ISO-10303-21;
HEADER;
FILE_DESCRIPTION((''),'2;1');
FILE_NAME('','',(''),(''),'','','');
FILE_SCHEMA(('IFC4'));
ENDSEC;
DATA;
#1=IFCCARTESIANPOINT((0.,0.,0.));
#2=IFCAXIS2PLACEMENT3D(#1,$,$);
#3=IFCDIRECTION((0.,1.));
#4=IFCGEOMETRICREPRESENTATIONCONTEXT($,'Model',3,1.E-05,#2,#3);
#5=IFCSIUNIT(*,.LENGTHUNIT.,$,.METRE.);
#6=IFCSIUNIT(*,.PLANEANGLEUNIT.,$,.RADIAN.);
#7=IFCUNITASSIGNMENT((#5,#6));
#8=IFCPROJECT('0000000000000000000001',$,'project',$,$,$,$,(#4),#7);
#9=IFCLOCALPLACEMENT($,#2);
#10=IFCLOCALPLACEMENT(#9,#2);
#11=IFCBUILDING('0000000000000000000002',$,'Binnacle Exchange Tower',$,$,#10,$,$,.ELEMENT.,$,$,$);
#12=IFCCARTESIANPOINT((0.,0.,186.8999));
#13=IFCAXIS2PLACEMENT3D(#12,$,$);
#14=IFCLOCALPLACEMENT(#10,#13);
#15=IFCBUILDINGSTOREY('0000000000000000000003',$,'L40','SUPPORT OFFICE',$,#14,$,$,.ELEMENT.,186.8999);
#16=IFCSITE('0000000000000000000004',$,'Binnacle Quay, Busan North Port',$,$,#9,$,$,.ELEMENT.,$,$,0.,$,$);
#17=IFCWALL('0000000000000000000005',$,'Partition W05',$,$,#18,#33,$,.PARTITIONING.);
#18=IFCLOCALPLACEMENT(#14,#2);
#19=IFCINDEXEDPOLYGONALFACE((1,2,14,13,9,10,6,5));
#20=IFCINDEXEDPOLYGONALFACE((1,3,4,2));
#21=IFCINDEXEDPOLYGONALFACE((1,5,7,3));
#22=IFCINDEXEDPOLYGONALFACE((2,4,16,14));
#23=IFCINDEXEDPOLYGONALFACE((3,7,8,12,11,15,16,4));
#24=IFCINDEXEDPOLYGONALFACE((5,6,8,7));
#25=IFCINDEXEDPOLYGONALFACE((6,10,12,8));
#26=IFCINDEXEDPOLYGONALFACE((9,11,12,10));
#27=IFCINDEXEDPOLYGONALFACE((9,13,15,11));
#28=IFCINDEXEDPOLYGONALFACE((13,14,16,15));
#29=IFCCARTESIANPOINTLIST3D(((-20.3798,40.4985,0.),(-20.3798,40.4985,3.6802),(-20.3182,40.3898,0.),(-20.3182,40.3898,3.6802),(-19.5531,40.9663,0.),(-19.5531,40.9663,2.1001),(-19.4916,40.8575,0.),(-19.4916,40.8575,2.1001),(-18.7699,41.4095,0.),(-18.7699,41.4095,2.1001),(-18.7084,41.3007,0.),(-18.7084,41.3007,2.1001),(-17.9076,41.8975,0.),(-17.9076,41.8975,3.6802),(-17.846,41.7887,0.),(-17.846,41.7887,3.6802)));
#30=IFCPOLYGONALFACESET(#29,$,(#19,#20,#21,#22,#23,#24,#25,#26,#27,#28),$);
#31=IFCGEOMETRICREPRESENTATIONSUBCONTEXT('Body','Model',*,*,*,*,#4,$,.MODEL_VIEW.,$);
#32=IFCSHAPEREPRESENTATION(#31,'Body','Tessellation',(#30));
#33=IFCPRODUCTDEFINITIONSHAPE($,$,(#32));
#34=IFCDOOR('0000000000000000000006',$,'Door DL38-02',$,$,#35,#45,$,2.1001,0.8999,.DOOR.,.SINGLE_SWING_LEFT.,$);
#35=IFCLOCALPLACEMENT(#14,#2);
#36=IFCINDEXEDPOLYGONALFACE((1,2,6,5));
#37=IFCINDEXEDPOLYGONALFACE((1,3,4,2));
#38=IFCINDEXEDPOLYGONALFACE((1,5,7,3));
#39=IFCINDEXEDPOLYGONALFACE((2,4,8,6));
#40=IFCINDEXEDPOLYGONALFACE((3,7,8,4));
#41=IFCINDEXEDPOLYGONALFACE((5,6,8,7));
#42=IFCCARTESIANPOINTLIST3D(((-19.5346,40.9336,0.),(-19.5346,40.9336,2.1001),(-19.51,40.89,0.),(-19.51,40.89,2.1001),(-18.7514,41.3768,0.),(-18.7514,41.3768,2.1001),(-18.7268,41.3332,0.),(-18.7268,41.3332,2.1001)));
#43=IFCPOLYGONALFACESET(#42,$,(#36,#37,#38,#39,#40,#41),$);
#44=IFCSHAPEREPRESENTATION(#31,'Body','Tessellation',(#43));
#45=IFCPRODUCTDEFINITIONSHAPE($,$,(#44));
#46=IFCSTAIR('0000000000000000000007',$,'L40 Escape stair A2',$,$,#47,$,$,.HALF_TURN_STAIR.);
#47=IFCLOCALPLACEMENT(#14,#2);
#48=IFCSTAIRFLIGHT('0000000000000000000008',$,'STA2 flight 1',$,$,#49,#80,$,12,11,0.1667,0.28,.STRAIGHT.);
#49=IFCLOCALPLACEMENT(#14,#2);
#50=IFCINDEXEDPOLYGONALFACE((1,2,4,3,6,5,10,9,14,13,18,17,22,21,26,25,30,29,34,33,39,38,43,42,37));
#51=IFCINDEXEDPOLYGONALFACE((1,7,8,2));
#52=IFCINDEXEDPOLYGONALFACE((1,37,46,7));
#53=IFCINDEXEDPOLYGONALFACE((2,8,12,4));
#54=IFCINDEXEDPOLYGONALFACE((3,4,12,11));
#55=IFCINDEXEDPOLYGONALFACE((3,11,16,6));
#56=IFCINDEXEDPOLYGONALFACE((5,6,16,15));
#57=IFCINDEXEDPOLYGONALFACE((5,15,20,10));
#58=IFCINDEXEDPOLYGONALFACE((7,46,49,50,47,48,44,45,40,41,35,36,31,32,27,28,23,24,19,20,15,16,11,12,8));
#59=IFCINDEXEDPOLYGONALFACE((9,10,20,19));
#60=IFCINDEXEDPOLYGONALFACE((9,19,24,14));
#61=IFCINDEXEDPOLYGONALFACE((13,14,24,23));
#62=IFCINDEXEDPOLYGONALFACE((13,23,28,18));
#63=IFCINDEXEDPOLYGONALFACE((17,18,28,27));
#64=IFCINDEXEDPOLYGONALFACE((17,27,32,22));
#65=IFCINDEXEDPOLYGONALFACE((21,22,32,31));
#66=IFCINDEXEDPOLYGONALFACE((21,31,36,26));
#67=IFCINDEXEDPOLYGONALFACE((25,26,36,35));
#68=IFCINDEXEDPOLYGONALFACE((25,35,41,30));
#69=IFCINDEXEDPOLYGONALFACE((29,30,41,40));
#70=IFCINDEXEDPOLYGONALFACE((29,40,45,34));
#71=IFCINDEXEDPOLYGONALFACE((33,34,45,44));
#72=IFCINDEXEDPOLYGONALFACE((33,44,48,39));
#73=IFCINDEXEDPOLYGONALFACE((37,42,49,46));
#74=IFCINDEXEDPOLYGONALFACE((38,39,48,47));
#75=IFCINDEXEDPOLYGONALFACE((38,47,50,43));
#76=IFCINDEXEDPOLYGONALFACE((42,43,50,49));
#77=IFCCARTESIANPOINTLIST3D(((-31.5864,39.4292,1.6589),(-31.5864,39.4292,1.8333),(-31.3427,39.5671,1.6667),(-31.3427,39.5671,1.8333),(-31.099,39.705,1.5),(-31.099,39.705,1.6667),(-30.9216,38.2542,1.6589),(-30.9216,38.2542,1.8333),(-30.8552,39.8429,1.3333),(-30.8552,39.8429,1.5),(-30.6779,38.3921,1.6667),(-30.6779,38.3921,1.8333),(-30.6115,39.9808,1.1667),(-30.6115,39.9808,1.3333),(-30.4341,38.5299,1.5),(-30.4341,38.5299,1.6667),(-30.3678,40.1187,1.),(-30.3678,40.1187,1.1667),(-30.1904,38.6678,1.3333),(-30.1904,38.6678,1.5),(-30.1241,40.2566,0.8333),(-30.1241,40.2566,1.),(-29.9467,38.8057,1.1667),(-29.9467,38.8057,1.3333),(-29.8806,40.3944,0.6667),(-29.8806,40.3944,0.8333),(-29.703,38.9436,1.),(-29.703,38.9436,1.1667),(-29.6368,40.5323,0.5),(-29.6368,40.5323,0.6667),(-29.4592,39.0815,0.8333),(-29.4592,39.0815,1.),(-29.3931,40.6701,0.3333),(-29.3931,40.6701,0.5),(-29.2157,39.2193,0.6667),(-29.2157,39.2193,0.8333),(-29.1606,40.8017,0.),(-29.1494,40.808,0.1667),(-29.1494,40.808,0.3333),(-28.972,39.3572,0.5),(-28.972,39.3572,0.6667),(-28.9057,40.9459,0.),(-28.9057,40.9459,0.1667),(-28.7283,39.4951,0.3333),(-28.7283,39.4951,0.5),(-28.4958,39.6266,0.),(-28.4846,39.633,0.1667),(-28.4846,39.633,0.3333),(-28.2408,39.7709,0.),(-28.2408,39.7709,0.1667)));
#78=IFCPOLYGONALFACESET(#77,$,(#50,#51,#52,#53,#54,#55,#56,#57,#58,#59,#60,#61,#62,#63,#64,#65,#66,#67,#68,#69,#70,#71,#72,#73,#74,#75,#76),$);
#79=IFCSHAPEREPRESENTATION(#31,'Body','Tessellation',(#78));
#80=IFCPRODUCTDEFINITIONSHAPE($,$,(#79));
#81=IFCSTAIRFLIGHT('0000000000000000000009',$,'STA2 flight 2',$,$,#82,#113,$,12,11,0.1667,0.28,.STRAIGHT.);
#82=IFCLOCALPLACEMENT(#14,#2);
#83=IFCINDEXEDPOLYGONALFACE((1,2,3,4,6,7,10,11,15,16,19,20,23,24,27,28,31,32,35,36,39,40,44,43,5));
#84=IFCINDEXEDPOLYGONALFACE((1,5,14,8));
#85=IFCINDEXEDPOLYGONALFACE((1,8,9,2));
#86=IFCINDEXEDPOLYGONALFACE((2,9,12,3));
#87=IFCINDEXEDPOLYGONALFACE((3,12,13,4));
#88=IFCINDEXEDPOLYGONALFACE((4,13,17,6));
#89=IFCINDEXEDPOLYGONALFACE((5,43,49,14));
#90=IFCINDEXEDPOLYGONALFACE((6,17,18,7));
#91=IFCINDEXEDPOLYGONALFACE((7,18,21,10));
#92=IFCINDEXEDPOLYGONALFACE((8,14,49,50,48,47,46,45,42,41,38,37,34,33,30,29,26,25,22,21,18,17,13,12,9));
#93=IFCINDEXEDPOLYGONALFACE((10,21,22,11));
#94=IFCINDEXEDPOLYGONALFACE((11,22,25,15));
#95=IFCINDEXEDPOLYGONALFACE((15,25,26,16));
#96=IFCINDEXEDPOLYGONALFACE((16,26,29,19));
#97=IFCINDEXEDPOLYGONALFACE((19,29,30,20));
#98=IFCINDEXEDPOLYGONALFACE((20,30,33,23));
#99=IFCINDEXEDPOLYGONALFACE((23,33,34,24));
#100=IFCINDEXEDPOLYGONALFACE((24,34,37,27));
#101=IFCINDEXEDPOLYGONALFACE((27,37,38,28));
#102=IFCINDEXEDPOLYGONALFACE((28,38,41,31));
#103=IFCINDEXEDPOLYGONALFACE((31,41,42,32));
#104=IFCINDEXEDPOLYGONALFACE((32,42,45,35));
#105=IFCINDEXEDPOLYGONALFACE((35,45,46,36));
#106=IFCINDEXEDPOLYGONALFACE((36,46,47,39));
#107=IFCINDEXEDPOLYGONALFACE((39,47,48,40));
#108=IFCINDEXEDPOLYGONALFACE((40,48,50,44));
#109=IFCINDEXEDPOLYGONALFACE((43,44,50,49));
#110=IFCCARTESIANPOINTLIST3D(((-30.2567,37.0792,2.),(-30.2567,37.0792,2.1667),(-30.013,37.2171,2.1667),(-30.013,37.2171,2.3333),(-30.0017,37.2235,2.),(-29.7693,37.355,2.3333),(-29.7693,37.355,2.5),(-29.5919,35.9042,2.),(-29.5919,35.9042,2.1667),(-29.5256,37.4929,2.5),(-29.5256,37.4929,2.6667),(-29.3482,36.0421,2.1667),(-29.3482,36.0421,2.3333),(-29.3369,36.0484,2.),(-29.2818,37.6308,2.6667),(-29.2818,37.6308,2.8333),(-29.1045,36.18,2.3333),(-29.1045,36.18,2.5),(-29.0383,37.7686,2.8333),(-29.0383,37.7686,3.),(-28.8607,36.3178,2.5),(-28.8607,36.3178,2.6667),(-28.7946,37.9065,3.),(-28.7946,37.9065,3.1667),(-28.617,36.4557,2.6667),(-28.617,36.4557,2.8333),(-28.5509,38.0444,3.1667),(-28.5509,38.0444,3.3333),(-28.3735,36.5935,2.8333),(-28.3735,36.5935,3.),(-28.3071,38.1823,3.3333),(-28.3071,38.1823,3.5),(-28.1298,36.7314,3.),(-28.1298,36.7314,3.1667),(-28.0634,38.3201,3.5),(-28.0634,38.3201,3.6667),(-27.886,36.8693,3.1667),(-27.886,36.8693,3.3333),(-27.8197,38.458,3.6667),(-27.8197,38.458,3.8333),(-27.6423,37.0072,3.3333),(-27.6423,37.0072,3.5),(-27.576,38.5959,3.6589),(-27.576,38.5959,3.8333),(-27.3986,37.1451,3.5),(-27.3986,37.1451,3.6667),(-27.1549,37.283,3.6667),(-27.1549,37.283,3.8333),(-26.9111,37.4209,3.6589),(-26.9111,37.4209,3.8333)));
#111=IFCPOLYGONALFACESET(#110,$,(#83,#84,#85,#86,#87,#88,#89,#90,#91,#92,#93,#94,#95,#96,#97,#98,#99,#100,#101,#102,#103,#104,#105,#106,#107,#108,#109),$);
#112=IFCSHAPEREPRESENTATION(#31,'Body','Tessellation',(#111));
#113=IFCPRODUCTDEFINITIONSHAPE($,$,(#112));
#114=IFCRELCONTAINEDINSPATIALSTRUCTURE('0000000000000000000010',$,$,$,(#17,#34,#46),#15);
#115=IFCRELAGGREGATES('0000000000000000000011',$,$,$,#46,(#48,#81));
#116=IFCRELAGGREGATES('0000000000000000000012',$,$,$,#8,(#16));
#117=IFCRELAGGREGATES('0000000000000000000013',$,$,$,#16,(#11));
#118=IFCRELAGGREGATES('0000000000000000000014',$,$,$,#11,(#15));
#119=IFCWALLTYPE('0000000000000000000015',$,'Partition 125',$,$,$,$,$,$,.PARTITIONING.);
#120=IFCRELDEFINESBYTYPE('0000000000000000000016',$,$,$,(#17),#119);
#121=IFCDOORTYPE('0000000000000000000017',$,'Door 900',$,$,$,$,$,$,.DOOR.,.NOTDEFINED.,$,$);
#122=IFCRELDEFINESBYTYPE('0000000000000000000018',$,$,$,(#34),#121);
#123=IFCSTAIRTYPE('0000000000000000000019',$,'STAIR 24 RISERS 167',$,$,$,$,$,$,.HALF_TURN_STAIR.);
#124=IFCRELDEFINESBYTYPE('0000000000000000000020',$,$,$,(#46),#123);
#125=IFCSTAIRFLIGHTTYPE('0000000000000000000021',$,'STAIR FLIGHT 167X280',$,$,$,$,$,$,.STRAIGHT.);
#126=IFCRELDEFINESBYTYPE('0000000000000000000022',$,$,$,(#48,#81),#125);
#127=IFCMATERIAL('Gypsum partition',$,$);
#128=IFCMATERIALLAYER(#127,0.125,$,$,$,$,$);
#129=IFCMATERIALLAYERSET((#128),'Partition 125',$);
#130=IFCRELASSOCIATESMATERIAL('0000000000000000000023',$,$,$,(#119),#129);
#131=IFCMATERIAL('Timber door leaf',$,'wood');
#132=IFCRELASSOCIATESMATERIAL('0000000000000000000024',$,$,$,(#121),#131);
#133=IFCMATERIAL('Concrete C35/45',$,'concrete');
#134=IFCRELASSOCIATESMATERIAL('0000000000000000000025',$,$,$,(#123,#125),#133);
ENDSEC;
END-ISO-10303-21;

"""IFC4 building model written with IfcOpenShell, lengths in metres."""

from ifc_helpers import new_model, si_unit, direction, frame, frame_2d, origin, place, context, subcontext, project, spatial, polyline, rectangle, outline, extrude, material, layer, layer_set, type_object, element, fill, aggregate, save


model = new_model("IFC4")

# Units and contexts
model_context = context("Model", 3, precision=1e-05, world=origin(), true_north=direction((0.0, 1.0)))
body_context = subcontext(model_context, "Body", "Model", "MODEL_VIEW")
ifc_project = project(units=[si_unit("LENGTHUNIT", "METRE"), si_unit("PLANEANGLEUNIT", "RADIAN")], contexts=[model_context])

# Site, building, storey
site_placement = place(None, origin())
site = spatial("IfcSite", under=ifc_project, at=site_placement, Name="Binnacle Quay, Busan North Port", CompositionType="ELEMENT", RefElevation=0.0)
building_placement = place(site_placement, origin())
building = spatial("IfcBuilding", under=site, at=building_placement, Name="Binnacle Exchange Tower", CompositionType="ELEMENT")
storey_placement = place(building_placement, frame((0.0, 0.0, 186.8999)))
storey = spatial("IfcBuildingStorey", under=building, at=storey_placement, Name="L40", Description="SUPPORT OFFICE", CompositionType="ELEMENT", Elevation=186.8999)

# Shared definitions
ifc_material_1 = material(Name="Concrete C35/45", Category="concrete")

# Wall, opening, door
ifc_material_2 = material(Name="Gypsum partition")
ifc_layer_1 = layer(ifc_material_2, 0.125)
ifc_layer_set_1 = layer_set([ifc_layer_1], Name="Partition 125")
wall_type = type_object("IfcWallType", Name="Partition 125", PredefinedType="PARTITIONING", material=ifc_layer_set_1)
ifc_material_3 = material(Name="Timber door leaf", Category="wood")
wall_1_placement = place(storey_placement, frame((-20.3491, 40.4441, 0.0), z_axis=(0.0, 0.0, 1.0), x_axis=(0.870319, 0.492488, 0.0)))
wall_1 = element("IfcWall", 1, at=wall_1_placement, inside=storey, type_object=wall_type, Name="Partition W05", PredefinedType="PARTITIONING", context=body_context, shape_type="SweptSolid", body=[
    extrude(rectangle(XDim=2.8406, YDim=0.125, at=frame_2d((1.4204, 0.0))), origin(), (0.0, 0.0, 1.0), 3.6802),
])
opening_1_placement = place(wall_1_placement, frame((0.95, 0.0, 0.0)))
opening_1 = element("IfcOpeningElement", 2, at=opening_1_placement, cuts=wall_1, PredefinedType="OPENING", context=body_context, shape_type="SweptSolid", body=[
    extrude(rectangle(XDim=0.8999, YDim=2.1001, at=frame_2d((0.45, 1.05))), frame((0.0, 0.0725, 0.0), z_axis=(0.0, -1.0, 0.0), x_axis=(1.0, 0.0, 0.0)), (0.0, 0.0, 1.0), 0.145),
])
door_type_1 = type_object("IfcDoorType", Name="Door 900", OperationType="NOTDEFINED", PredefinedType="DOOR", material=ifc_material_3)
door_1_placement = place(opening_1_placement, origin())
door_1 = element("IfcDoor", 3, at=door_1_placement, inside=storey, type_object=door_type_1, Name="Door DL38-02", OperationType="SINGLE_SWING_LEFT", OverallHeight=2.1001, OverallWidth=0.8999, PredefinedType="DOOR", context=body_context, shape_type="SweptSolid", body=[
    extrude(rectangle(XDim=0.8999, YDim=2.1001, at=frame_2d((0.45, 1.05))), frame((0.0, 0.0249, 0.0), z_axis=(0.0, -1.0, 0.0), x_axis=(1.0, 0.0, 0.0)), (0.0, 0.0, 1.0), 0.05),
])
fill(opening_1, door_1)

# Stair, stair flights
stair_type = type_object("IfcStairType", Name="STAIR 24 RISERS 167", PredefinedType="HALF_TURN_STAIR", material=ifc_material_1)
stair_placement = place(storey_placement, origin())
stair = element("IfcStair", 4, at=stair_placement, inside=storey, type_object=stair_type, Name="L40 Escape stair A2", PredefinedType="HALF_TURN_STAIR")
stair_flight_type = type_object("IfcStairFlightType", Name="STAIR FLIGHT 167X280", PredefinedType="STRAIGHT", material=ifc_material_1)
stair_flight_1_placement = place(storey_placement, frame((-28.5732, 40.3584, 0.0), z_axis=(0.0, 0.0, 1.0), x_axis=(-0.870356, -0.492424, 0.0)))
stair_flight_1 = element("IfcStairFlight", 5, at=stair_flight_1_placement, type_object=stair_flight_type, Name="STA2 flight 1", NumberOfRisers=12, NumberOfTreads=11, PredefinedType="STRAIGHT", RiserHeight=0.1667, TreadLength=0.28, context=body_context, shape_type="SweptSolid", body=[
    extrude(outline(polyline([(0.0, 0.0), (0.0, 0.1667), (0.28, 0.1667), (0.28, 0.3333), (0.5601, 0.3333), (0.5601, 0.5), (0.8401, 0.5), (0.8401, 0.6667), (1.1201, 0.6667), (1.1201, 0.8333), (1.3999, 0.8333), (1.3999, 1.0), (1.6799, 1.0), (1.6799, 1.1667), (1.96, 1.1667), (1.96, 1.3333), (2.24, 1.3333), (2.24, 1.5), (2.52, 1.5), (2.52, 1.6667), (2.8, 1.6667), (2.8, 1.8333), (3.0801, 1.8333), (3.0801, 2.0), (3.0801, 1.6589), (0.293, 0.0), (0.0, 0.0)])), frame((0.0, 0.675, 0.0), z_axis=(0.0, -1.0, 0.0), x_axis=(1.0, 0.0, 0.0)), (0.0, 0.0, 1.0), 1.3501),
])
stair_flight_2_placement = place(storey_placement, frame((-29.9243, 36.4917, 2.0), z_axis=(0.0, 0.0, 1.0), x_axis=(0.870356, 0.492424, 0.0)))
stair_flight_2 = element("IfcStairFlight", 6, at=stair_flight_2_placement, type_object=stair_flight_type, Name="STA2 flight 2", NumberOfRisers=12, NumberOfTreads=11, PredefinedType="STRAIGHT", RiserHeight=0.1667, TreadLength=0.28, context=body_context, shape_type="SweptSolid", body=[
    extrude(outline(polyline([(0.0, 0.0), (0.0, 0.1667), (0.28, 0.1667), (0.28, 0.3333), (0.5601, 0.3333), (0.5601, 0.5), (0.8401, 0.5), (0.8401, 0.6667), (1.1201, 0.6667), (1.1201, 0.8333), (1.3999, 0.8333), (1.3999, 1.0), (1.6799, 1.0), (1.6799, 1.1667), (1.96, 1.1667), (1.96, 1.3333), (2.24, 1.3333), (2.24, 1.5), (2.52, 1.5), (2.52, 1.6667), (2.8, 1.6667), (2.8, 1.8333), (3.0801, 1.8333), (3.0801, 2.0), (3.0801, 1.6589), (0.293, 0.0), (0.0, 0.0)])), frame((0.0, 0.675, 0.0), z_axis=(0.0, -1.0, 0.0), x_axis=(1.0, 0.0, 0.0)), (0.0, 0.0, 1.0), 1.3501),
])
aggregate(stair, [stair_flight_1, stair_flight_2])

save(model, "model.ifc")
